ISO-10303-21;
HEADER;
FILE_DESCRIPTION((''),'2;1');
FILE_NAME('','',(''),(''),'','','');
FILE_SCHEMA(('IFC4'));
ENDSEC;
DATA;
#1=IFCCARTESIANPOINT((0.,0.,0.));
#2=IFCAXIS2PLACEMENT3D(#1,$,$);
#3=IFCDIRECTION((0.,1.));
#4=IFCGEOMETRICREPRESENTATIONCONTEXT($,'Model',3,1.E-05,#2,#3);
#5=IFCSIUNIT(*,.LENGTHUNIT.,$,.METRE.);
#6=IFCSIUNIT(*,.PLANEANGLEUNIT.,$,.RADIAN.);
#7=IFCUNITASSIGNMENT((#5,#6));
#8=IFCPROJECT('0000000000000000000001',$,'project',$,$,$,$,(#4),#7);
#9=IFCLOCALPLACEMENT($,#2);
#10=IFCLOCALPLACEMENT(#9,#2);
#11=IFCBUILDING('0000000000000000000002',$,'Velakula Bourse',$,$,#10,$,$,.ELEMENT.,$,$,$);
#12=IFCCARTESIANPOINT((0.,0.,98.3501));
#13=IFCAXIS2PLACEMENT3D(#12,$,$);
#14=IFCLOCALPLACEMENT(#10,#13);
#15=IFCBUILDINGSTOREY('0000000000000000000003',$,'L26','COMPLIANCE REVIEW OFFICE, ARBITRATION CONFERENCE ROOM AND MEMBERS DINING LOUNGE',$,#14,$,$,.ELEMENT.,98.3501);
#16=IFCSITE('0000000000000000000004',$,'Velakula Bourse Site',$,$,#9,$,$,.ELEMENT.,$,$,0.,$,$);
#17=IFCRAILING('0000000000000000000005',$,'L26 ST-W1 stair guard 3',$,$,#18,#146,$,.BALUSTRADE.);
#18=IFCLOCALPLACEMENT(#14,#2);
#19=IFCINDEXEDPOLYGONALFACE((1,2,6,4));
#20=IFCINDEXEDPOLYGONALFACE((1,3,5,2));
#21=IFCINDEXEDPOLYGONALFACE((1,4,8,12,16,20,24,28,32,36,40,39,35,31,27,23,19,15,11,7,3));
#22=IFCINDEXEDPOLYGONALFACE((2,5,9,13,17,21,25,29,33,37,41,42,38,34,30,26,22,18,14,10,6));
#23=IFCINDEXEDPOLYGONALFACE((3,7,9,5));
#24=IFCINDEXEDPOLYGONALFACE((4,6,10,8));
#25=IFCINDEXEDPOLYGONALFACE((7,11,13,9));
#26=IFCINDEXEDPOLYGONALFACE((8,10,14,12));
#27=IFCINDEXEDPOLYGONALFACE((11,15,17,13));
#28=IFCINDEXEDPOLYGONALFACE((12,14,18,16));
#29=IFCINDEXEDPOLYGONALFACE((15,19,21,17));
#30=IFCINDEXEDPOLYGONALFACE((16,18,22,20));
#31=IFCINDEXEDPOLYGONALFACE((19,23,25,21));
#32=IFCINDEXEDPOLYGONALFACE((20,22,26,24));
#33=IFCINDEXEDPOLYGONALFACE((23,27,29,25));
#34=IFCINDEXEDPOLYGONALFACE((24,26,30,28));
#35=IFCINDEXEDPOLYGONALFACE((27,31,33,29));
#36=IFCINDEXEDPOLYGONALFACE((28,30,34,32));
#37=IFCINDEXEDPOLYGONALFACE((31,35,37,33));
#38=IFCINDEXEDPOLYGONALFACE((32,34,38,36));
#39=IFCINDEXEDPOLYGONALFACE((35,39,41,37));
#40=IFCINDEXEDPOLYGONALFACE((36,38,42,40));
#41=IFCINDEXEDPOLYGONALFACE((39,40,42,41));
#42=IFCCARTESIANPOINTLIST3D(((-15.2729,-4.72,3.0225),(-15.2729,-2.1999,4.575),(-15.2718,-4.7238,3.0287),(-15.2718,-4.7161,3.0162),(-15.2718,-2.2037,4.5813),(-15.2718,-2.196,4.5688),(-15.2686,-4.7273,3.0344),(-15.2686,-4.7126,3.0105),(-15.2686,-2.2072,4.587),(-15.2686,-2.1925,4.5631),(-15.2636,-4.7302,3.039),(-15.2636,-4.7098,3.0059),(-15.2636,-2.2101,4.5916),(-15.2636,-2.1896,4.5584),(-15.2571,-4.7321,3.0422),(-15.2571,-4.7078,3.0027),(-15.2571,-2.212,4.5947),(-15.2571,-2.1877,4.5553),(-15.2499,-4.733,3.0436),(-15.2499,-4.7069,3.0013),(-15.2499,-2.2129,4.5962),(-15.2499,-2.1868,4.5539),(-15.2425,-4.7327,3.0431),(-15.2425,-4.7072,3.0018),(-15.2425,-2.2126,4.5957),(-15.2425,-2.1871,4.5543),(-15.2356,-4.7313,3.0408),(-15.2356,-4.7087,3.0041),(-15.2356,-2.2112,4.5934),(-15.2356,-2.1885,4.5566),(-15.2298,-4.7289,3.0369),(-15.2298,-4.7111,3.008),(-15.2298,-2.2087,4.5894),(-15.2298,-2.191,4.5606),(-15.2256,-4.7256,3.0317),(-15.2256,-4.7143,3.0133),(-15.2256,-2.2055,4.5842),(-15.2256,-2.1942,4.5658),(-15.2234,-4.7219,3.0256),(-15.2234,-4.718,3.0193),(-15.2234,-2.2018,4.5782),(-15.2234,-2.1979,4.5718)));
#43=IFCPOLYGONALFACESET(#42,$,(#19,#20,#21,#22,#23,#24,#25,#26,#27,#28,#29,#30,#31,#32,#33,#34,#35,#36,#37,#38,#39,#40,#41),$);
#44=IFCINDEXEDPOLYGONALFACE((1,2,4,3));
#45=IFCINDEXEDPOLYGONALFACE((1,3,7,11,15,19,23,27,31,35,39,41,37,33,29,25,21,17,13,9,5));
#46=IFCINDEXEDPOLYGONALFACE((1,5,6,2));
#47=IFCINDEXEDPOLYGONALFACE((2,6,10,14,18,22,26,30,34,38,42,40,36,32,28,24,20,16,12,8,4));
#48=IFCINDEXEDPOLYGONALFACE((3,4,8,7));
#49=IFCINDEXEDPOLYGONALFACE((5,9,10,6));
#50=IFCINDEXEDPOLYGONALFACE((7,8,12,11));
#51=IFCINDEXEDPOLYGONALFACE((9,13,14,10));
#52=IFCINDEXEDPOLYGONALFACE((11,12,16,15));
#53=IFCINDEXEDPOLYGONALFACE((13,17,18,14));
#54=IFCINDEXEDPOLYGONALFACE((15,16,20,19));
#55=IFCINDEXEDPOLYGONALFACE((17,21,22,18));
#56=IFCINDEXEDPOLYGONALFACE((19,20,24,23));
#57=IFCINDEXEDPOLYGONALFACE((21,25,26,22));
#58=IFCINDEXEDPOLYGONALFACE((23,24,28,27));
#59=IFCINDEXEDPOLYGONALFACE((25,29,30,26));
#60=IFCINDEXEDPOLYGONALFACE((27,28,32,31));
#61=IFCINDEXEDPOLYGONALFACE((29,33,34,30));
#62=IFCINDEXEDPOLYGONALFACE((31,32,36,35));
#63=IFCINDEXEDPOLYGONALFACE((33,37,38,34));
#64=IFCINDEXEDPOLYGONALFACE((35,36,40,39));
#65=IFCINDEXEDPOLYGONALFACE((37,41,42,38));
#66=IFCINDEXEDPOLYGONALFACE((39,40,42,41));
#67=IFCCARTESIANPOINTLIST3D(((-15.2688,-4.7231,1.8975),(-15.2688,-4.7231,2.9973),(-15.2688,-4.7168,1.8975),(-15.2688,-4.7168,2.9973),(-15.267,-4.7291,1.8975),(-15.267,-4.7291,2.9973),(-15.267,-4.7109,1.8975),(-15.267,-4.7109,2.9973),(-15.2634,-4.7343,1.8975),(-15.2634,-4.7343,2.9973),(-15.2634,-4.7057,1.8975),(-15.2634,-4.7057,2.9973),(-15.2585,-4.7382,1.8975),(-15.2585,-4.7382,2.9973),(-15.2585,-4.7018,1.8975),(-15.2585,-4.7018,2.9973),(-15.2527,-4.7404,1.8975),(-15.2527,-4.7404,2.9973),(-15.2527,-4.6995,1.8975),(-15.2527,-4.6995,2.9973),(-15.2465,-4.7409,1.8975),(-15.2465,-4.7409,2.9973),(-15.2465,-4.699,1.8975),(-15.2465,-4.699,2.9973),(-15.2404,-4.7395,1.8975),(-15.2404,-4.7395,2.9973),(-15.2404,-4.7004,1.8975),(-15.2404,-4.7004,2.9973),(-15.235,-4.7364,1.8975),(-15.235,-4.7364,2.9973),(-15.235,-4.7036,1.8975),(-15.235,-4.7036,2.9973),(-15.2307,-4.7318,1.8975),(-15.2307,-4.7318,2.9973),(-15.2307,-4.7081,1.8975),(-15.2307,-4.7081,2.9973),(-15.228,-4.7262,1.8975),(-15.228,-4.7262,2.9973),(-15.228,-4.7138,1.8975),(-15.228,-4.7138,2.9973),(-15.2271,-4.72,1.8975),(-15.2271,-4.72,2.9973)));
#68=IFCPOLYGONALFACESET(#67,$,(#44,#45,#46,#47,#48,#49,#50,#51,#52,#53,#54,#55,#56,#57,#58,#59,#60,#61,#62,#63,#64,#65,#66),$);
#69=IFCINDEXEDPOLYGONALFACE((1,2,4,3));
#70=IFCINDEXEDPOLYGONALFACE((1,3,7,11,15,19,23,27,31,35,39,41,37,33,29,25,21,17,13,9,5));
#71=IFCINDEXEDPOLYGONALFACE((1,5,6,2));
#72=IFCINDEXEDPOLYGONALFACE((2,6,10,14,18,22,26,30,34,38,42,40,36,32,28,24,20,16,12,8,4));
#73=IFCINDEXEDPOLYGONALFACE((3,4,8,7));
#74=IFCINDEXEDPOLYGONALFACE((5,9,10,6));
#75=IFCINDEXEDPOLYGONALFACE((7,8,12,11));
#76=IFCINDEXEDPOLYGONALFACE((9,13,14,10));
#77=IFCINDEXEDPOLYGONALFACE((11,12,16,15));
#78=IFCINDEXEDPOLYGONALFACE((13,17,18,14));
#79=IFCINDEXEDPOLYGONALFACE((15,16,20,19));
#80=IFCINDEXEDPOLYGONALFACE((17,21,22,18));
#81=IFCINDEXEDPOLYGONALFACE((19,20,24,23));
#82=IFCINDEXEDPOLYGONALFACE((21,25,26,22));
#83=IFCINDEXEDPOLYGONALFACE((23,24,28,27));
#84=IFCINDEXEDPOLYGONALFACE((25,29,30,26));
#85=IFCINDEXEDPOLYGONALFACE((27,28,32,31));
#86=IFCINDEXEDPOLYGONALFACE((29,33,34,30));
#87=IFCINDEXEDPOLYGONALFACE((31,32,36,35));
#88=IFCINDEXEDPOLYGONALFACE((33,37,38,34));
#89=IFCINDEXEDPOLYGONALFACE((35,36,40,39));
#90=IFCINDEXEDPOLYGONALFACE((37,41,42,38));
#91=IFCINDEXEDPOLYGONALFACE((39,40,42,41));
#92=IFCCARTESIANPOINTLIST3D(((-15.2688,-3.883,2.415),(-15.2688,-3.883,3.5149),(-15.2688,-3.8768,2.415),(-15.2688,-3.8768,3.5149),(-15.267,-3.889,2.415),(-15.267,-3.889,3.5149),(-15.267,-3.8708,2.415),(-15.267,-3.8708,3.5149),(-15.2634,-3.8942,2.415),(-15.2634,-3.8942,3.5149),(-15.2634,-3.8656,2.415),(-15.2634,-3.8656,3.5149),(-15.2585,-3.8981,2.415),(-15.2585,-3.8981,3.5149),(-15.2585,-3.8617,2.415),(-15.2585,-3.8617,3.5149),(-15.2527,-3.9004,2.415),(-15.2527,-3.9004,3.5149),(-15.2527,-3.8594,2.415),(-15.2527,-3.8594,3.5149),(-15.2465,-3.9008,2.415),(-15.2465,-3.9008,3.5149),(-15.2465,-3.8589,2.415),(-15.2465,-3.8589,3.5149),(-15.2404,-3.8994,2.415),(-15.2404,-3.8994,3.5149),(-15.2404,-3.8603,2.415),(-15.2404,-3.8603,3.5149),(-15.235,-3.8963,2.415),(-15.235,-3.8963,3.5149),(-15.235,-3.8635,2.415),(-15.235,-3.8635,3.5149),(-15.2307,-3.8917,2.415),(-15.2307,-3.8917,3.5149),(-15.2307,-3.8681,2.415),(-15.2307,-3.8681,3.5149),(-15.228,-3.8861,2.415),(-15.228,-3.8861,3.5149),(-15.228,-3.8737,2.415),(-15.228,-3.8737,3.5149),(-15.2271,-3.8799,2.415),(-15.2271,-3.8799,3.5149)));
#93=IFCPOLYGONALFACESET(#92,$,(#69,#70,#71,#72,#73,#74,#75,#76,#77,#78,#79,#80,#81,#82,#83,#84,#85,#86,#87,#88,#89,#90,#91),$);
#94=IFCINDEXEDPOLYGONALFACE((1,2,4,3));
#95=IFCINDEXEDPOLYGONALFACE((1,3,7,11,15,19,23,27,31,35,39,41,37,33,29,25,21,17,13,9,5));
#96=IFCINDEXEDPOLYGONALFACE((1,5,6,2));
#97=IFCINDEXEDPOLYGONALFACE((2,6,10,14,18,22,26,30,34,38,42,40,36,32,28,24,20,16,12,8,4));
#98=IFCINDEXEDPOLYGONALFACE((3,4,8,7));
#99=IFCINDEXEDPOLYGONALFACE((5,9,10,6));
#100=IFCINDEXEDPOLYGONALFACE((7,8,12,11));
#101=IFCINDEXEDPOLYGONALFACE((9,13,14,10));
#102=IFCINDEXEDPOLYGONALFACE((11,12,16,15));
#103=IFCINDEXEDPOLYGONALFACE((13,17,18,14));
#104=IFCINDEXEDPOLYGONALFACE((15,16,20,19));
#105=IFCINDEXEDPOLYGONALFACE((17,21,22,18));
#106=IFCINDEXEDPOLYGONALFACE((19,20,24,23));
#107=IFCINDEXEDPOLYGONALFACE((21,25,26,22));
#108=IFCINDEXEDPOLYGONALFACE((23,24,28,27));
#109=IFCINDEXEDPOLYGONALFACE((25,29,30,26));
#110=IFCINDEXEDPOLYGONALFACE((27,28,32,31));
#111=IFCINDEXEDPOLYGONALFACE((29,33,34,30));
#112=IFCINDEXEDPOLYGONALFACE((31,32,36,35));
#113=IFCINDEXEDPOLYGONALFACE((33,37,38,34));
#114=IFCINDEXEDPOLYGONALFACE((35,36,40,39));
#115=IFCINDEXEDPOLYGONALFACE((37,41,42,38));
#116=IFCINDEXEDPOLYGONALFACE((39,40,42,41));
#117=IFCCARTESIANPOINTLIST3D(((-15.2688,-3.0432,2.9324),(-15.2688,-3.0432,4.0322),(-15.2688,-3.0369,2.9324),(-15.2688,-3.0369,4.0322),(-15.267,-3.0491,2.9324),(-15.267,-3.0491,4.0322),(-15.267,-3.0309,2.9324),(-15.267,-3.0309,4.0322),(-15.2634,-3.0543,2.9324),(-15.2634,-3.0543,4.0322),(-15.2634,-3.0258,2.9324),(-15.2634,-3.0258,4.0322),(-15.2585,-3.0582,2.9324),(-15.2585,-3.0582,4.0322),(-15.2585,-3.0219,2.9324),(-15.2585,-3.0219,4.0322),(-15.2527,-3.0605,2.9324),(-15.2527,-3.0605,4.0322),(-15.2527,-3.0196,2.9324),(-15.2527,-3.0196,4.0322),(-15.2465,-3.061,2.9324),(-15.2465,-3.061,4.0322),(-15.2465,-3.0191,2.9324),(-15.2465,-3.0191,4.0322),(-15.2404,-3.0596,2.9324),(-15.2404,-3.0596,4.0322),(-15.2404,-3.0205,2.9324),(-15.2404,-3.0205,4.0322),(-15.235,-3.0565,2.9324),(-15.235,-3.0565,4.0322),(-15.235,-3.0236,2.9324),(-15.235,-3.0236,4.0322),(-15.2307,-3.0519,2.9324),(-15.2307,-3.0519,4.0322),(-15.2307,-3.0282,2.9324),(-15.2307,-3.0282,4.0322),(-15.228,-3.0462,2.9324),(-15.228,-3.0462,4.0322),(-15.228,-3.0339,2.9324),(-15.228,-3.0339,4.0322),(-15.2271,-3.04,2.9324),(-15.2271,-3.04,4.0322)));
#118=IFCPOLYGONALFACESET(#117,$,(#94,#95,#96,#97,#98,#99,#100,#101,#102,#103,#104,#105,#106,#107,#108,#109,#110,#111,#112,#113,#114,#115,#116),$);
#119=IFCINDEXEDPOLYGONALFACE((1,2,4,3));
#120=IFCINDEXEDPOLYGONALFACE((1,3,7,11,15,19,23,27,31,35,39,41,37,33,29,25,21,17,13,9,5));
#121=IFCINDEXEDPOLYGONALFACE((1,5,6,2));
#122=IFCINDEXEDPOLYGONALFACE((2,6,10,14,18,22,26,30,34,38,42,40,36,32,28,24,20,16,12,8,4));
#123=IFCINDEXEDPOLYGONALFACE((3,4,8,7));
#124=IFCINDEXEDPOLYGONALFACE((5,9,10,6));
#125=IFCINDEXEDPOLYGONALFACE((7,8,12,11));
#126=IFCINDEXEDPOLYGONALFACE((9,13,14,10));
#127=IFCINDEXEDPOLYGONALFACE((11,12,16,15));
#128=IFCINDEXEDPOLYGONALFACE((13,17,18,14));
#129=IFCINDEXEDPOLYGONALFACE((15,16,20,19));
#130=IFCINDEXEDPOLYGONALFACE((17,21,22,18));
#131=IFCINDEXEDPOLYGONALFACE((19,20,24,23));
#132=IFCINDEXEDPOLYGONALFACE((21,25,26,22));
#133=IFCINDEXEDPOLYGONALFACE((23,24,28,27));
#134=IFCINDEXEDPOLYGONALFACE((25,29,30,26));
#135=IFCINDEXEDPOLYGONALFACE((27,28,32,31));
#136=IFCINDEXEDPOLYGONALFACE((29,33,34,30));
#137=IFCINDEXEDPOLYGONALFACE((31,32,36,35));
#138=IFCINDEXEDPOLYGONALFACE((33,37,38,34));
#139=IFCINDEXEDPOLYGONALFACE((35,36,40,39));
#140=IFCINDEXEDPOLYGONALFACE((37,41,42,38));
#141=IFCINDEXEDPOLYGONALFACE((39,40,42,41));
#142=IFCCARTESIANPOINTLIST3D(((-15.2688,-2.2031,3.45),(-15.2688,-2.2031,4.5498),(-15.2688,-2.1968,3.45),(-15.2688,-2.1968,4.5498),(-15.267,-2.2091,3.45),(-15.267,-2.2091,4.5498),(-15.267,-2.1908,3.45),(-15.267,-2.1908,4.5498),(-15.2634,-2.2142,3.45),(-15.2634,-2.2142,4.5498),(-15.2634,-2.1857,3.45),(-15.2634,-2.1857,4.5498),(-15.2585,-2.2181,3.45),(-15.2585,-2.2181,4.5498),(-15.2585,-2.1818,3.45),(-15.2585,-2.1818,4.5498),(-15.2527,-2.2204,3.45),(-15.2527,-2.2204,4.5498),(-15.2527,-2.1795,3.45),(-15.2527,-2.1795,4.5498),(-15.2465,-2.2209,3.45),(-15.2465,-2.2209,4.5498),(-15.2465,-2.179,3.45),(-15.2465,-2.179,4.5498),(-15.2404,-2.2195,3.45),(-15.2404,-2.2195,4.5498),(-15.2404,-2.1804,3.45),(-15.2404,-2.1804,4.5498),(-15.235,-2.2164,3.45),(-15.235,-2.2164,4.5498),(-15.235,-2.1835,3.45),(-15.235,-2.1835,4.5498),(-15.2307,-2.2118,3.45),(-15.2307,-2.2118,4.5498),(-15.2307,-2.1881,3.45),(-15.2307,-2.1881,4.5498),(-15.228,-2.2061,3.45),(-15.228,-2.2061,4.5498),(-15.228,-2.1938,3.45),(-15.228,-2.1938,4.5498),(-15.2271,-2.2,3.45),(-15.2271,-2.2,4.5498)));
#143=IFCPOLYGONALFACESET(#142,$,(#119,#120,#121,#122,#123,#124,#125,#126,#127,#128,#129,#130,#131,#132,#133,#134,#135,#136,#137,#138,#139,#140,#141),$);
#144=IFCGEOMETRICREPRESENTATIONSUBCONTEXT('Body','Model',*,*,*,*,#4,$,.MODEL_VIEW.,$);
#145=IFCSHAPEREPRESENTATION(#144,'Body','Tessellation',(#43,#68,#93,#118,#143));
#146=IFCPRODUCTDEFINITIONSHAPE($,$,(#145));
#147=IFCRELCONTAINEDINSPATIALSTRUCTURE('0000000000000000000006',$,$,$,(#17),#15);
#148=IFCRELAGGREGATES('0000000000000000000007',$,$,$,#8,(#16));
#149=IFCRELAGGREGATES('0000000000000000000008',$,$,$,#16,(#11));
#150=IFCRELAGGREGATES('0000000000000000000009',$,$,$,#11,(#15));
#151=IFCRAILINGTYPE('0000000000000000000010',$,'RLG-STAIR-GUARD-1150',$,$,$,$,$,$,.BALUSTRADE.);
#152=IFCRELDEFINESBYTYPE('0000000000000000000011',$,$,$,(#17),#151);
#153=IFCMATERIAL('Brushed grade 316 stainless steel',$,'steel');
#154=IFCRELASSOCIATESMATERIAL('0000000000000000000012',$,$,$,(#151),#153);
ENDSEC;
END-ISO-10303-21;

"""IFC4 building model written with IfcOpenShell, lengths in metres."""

from ifc_helpers import new_model, si_unit, direction, frame, origin, origin_2d, place, context, subcontext, project, spatial, circle, extrude, material, type_object, element, save


model = new_model("IFC4")

# Units and contexts
model_context = context("Model", 3, precision=1e-05, world=origin(), true_north=direction((0.0, 1.0)))
body_context = subcontext(model_context, "Body", "Model", "MODEL_VIEW")
ifc_project = project(units=[si_unit("LENGTHUNIT", "METRE"), si_unit("PLANEANGLEUNIT", "RADIAN")], contexts=[model_context])

# Site, building, storey
site_placement = place(None, origin())
site = spatial("IfcSite", under=ifc_project, at=site_placement, Name="Velakula Bourse Site", CompositionType="ELEMENT", RefElevation=0.0)
building_placement = place(site_placement, origin())
building = spatial("IfcBuilding", under=site, at=building_placement, Name="Velakula Bourse", CompositionType="ELEMENT")
storey_placement = place(building_placement, frame((0.0, 0.0, 98.3501)))
storey = spatial("IfcBuildingStorey", under=building, at=storey_placement, Name="L26", Description="COMPLIANCE REVIEW OFFICE, ARBITRATION CONFERENCE ROOM AND MEMBERS DINING LOUNGE", CompositionType="ELEMENT", Elevation=98.3501)

# Shared definitions
ifc_material_1 = material(Name="Brushed grade 316 stainless steel", Category="steel")

# Railing
railing_type_1 = type_object("IfcRailingType", Name="RLG-STAIR-GUARD-1150", PredefinedType="BALUSTRADE", material=ifc_material_1)
railing_1_placement = place(storey_placement, frame((-15.248, -4.72, 1.8975)))
element("IfcRailing", 1, at=railing_1_placement, inside=storey, type_object=railing_type_1, Name="L26 ST-W1 stair guard 3", PredefinedType="BALUSTRADE", context=body_context, shape_type="SweptSolid", body=[
    extrude(circle(Radius=0.0249, at=origin_2d()), frame((0.0, 0.0, 1.125), z_axis=(0.0, 0.8514, 0.524516), x_axis=(-1.0, 0.0, 0.0)), (0.0, 0.0, 1.0), 2.96),
    extrude(circle(Radius=0.021, at=origin_2d()), origin(), (0.0, 0.0, 1.0), 1.0999),
    extrude(circle(Radius=0.021, at=origin_2d()), frame((0.0, 0.8401, 0.5176)), (0.0, 0.0, 1.0), 1.0999),
    extrude(circle(Radius=0.021, at=origin_2d()), frame((0.0, 1.6799, 1.0349)), (0.0, 0.0, 1.0), 1.0999),
    extrude(circle(Radius=0.021, at=origin_2d()), frame((0.0, 2.52, 1.5525)), (0.0, 0.0, 1.0), 1.0999),
])

save(model, "model.ifc")
